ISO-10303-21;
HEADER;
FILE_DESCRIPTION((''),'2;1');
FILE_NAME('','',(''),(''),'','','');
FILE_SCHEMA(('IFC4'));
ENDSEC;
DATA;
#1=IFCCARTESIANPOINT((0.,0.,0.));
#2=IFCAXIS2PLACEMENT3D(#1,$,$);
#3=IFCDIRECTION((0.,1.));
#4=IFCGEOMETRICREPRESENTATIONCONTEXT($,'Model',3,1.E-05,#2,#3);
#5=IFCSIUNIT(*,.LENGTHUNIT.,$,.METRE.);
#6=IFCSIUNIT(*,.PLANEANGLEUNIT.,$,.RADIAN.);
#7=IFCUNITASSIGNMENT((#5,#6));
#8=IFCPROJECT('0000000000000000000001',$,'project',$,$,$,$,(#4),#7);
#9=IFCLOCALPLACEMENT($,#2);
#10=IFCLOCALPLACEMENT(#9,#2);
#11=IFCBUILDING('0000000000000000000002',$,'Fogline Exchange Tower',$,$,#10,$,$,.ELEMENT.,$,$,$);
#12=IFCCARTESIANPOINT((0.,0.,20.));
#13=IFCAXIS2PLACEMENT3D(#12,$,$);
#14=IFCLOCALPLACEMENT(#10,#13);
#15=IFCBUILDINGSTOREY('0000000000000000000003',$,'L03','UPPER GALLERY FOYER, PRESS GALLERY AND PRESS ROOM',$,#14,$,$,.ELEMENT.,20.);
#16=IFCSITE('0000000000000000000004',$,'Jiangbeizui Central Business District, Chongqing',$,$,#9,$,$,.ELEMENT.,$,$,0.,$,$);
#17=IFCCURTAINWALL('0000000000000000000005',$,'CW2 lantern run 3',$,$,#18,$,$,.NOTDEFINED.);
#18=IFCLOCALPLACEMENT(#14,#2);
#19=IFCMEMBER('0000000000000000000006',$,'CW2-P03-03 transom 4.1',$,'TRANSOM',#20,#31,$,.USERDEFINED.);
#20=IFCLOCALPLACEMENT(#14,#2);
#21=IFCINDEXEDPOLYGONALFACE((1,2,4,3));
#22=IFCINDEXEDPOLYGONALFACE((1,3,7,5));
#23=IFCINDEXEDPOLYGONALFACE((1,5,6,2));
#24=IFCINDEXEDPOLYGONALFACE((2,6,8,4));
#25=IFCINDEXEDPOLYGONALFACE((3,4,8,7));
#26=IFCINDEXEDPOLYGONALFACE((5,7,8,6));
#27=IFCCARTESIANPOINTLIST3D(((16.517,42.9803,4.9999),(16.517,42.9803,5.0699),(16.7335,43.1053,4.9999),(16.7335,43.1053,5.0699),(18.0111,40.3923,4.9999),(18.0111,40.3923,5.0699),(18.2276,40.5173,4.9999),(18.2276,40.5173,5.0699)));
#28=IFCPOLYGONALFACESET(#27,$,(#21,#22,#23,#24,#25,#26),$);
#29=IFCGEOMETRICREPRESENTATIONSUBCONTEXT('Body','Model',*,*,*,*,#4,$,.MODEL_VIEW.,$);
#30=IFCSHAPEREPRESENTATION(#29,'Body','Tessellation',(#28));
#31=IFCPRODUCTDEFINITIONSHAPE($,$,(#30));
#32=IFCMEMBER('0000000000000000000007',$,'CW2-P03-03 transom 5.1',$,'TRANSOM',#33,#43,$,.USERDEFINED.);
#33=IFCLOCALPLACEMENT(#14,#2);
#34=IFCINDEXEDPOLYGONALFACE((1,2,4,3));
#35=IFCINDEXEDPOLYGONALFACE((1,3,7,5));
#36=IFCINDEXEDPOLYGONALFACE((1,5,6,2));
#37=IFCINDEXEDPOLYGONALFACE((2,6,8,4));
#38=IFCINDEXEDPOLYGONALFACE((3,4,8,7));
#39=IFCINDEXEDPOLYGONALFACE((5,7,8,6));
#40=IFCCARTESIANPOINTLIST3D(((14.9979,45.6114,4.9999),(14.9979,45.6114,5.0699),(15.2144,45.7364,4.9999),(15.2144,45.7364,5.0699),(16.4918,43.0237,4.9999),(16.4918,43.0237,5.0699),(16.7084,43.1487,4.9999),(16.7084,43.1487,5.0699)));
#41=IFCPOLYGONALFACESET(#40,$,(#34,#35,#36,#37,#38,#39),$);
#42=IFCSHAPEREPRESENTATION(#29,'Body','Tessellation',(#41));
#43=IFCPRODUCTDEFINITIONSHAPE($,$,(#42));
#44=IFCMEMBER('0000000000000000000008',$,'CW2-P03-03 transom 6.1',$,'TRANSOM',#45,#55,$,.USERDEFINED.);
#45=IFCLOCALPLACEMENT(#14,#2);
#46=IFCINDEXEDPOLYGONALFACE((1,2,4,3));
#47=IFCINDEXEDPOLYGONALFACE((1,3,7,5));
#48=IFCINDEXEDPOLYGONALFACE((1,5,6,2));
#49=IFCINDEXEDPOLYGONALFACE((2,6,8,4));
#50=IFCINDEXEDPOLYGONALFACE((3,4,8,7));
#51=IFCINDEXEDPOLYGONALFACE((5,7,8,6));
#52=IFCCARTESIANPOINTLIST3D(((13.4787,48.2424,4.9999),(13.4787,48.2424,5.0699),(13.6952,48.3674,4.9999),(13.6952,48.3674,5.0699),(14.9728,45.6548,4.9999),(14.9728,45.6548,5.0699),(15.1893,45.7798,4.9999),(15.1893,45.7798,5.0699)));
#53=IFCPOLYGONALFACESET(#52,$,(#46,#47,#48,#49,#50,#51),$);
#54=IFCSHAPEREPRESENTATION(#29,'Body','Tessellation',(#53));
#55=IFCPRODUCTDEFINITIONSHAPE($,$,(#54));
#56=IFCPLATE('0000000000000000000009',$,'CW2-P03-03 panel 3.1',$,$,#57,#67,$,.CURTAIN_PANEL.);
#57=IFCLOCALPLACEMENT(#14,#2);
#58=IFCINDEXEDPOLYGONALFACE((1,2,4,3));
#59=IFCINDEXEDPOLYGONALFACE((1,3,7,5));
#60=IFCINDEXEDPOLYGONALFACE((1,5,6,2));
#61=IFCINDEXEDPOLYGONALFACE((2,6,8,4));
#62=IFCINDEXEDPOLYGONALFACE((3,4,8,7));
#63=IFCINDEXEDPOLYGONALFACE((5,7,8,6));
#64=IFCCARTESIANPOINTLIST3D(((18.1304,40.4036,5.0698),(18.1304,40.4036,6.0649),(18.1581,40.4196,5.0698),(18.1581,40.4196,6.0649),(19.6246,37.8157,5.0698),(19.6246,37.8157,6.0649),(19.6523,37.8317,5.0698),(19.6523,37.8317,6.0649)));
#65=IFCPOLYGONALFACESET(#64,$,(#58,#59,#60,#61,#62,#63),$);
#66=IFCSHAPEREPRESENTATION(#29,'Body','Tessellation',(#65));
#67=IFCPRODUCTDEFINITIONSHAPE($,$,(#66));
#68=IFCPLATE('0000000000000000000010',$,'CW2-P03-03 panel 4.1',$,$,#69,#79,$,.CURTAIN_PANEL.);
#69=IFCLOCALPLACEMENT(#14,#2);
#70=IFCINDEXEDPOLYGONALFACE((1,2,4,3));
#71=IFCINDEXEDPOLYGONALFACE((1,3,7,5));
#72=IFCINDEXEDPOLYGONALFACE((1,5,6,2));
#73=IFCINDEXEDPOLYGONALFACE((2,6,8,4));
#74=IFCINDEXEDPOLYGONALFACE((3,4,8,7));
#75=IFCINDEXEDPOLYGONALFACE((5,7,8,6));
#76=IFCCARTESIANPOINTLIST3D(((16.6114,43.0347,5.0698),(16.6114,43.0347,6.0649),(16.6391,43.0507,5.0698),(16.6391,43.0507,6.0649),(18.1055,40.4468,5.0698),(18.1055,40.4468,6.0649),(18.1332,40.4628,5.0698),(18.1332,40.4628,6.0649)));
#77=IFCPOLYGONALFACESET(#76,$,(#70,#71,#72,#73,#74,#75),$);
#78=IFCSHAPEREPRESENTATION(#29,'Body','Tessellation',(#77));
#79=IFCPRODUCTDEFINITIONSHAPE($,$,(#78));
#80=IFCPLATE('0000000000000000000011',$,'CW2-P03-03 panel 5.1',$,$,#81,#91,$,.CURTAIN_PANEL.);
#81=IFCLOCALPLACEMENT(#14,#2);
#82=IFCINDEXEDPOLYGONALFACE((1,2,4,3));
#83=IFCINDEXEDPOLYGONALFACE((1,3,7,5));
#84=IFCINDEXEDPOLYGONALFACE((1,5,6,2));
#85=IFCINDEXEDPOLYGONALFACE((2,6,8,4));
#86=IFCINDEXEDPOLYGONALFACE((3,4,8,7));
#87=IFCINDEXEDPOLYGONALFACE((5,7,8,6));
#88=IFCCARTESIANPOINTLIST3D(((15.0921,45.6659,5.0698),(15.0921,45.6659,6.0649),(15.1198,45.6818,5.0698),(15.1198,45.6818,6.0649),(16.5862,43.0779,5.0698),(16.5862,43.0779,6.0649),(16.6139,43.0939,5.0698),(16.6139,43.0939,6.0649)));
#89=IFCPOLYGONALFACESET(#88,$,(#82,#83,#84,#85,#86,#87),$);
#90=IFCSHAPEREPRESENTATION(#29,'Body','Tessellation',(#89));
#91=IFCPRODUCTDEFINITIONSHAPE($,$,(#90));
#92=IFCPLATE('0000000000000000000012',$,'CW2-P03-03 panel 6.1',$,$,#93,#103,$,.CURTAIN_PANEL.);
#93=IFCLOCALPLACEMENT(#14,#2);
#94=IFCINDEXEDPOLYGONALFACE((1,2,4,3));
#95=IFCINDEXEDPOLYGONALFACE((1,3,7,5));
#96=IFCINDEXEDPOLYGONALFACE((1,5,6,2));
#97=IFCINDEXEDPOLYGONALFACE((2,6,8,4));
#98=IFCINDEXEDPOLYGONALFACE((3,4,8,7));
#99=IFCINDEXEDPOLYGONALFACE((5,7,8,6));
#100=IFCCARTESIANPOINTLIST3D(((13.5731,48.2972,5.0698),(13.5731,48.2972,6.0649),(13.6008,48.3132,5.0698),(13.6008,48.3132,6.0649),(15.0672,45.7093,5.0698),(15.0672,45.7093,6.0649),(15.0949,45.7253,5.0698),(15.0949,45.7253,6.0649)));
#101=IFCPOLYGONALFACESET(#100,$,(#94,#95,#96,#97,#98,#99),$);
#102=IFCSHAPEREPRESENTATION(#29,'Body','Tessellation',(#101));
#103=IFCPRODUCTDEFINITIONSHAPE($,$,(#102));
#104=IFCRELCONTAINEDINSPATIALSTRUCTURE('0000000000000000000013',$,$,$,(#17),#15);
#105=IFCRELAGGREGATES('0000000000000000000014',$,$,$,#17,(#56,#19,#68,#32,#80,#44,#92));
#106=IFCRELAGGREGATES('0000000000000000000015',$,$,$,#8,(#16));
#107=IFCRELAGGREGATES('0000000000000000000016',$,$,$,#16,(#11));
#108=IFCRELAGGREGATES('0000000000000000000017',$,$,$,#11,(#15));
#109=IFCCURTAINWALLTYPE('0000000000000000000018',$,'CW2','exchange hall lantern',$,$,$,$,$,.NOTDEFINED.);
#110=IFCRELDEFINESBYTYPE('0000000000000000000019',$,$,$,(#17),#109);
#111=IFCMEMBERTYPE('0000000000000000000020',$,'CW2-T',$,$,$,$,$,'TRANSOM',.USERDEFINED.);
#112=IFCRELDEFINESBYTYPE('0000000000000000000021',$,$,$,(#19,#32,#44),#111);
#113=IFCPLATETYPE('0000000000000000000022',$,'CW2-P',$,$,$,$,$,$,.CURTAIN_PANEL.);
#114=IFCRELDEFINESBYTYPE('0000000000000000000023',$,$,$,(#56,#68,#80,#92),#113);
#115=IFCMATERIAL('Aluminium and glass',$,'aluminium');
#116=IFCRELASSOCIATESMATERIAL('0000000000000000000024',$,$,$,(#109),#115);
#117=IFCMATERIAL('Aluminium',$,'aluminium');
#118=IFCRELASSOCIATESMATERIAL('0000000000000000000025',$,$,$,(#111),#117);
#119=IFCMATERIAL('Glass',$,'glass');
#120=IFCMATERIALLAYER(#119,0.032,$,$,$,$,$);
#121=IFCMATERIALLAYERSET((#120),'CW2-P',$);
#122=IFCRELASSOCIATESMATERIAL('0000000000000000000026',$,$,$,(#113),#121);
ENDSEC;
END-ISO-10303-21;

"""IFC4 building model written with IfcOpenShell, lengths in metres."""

from ifc_helpers import new_model, si_unit, direction, frame, origin, origin_2d, place, context, subcontext, project, spatial, rectangle, extrude, material, layer, layer_set, material_profile, profile_set, type_object, element, aggregate, save


model = new_model("IFC4")

# Units and contexts
model_context = context("Model", 3, precision=1e-05, world=origin(), true_north=direction((0.0, 1.0)))
body_context = subcontext(model_context, "Body", "Model", "MODEL_VIEW")
ifc_project = project(units=[si_unit("LENGTHUNIT", "METRE"), si_unit("PLANEANGLEUNIT", "RADIAN")], contexts=[model_context])

# Site, building, storey
site_placement = place(None, origin())
site = spatial("IfcSite", under=ifc_project, at=site_placement, Name="Jiangbeizui Central Business District, Chongqing", CompositionType="ELEMENT", RefElevation=0.0)
building_placement = place(site_placement, origin())
building = spatial("IfcBuilding", under=site, at=building_placement, Name="Fogline Exchange Tower", CompositionType="ELEMENT")
storey_placement = place(building_placement, frame((0.0, 0.0, 20.0)))
storey = spatial("IfcBuildingStorey", under=building, at=storey_placement, Name="L03", Description="UPPER GALLERY FOYER, PRESS GALLERY AND PRESS ROOM", CompositionType="ELEMENT", Elevation=20.0)

# Curtain wall, members, plates
ifc_material_1 = material(Name="Aluminium and glass", Category="aluminium")
curtain_wall_type = type_object("IfcCurtainWallType", Name="CW2", Description="exchange hall lantern", PredefinedType="NOTDEFINED", material=ifc_material_1)
curtain_wall_placement = place(storey_placement, origin())
curtain_wall = element("IfcCurtainWall", 1, at=curtain_wall_placement, inside=storey, type_object=curtain_wall_type, Name="CW2 lantern run 3", PredefinedType="NOTDEFINED")
ifc_material_2 = material(Name="Aluminium", Category="aluminium")
ifc_material_profile_1 = material_profile(ifc_material_2, rectangle(XDim=0.25, YDim=0.0701, at=origin_2d()), Name="Transom 70x250")
ifc_profile_set_1 = profile_set([ifc_material_profile_1], Name="Aluminium")
member_type_1 = type_object("IfcMemberType", Name="CW2-T", ElementType="TRANSOM", PredefinedType="USERDEFINED", material=ifc_profile_set_1)
member_1_placement = place(storey_placement, frame((18.1194, 40.4548, 5.0349), z_axis=(-0.500005, 0.866022, 0.0), x_axis=(-0.866022, -0.500005, 0.0)))
member_1 = element("IfcMember", 2, at=member_1_placement, type_object=member_type_1, Name="CW2-P03-03 transom 4.1", ObjectType="TRANSOM", PredefinedType="USERDEFINED", context=body_context, shape_type="SweptSolid", body=[
    extrude(rectangle(XDim=0.25, YDim=0.0701, at=origin_2d()), origin(), (0.0, 0.0, 1.0), 2.9883),
])
member_2_placement = place(storey_placement, frame((16.6001, 43.0862, 5.0349), z_axis=(-0.499979, 0.866037, 0.0), x_axis=(-0.866037, -0.499979, 0.0)))
member_2 = element("IfcMember", 3, at=member_2_placement, type_object=member_type_1, Name="CW2-P03-03 transom 5.1", ObjectType="TRANSOM", PredefinedType="USERDEFINED", context=body_context, shape_type="SweptSolid", body=[
    extrude(rectangle(XDim=0.25, YDim=0.0701, at=origin_2d()), origin(), (0.0, 0.0, 1.0), 2.988),
])
member_3_placement = place(storey_placement, frame((15.0811, 45.7173, 5.0349), z_axis=(-0.500041, 0.866002, 0.0), x_axis=(-0.866002, -0.500041, 0.0)))
member_3 = element("IfcMember", 4, at=member_3_placement, type_object=member_type_1, Name="CW2-P03-03 transom 6.1", ObjectType="TRANSOM", PredefinedType="USERDEFINED", context=body_context, shape_type="SweptSolid", body=[
    extrude(rectangle(XDim=0.25, YDim=0.0701, at=origin_2d()), origin(), (0.0, 0.0, 1.0), 2.988),
])
ifc_material_3 = material(Name="Glass", Category="glass")
ifc_layer_1 = layer(ifc_material_3, 0.032)
ifc_layer_set_1 = layer_set([ifc_layer_1], Name="CW2-P")
plate_type = type_object("IfcPlateType", Name="CW2-P", PredefinedType="CURTAIN_PANEL", material=ifc_layer_set_1)
plate_1_placement = place(storey_placement, frame((18.8914, 39.1177, 5.0698), z_axis=(0.0, 0.0, 1.0), x_axis=(-0.5, 0.866025, 0.0)))
plate_1 = element("IfcPlate", 5, at=plate_1_placement, type_object=plate_type, Name="CW2-P03-03 panel 3.1", PredefinedType="CURTAIN_PANEL", context=body_context, shape_type="SweptSolid", body=[
    extrude(rectangle(XDim=2.9883, YDim=0.032, at=origin_2d()), origin(), (0.0, 0.0, 1.0), 0.9951),
])
plate_2_placement = place(storey_placement, frame((17.3723, 41.7488, 5.0698), z_axis=(0.0, 0.0, 1.0), x_axis=(-0.5, 0.866025, 0.0)))
plate_2 = element("IfcPlate", 6, at=plate_2_placement, type_object=plate_type, Name="CW2-P03-03 panel 4.1", PredefinedType="CURTAIN_PANEL", context=body_context, shape_type="SweptSolid", body=[
    extrude(rectangle(XDim=2.9883, YDim=0.032, at=origin_2d()), origin(), (0.0, 0.0, 1.0), 0.9951),
])
plate_3_placement = place(storey_placement, frame((15.853, 44.3799, 5.0698), z_axis=(0.0, 0.0, 1.0), x_axis=(-0.5, 0.866025, 0.0)))
plate_3 = element("IfcPlate", 7, at=plate_3_placement, type_object=plate_type, Name="CW2-P03-03 panel 5.1", PredefinedType="CURTAIN_PANEL", context=body_context, shape_type="SweptSolid", body=[
    extrude(rectangle(XDim=2.9883, YDim=0.032, at=origin_2d()), origin(), (0.0, 0.0, 1.0), 0.9951),
])
plate_4_placement = place(storey_placement, frame((14.334, 47.0112, 5.0698), z_axis=(0.0, 0.0, 1.0), x_axis=(-0.5, 0.866025, 0.0)))
plate_4 = element("IfcPlate", 8, at=plate_4_placement, type_object=plate_type, Name="CW2-P03-03 panel 6.1", PredefinedType="CURTAIN_PANEL", context=body_context, shape_type="SweptSolid", body=[
    extrude(rectangle(XDim=2.9883, YDim=0.032, at=origin_2d()), origin(), (0.0, 0.0, 1.0), 0.9951),
])
aggregate(curtain_wall, [plate_1, member_1, plate_2, member_2, plate_3, member_3, plate_4])

save(model, "model.ifc")
